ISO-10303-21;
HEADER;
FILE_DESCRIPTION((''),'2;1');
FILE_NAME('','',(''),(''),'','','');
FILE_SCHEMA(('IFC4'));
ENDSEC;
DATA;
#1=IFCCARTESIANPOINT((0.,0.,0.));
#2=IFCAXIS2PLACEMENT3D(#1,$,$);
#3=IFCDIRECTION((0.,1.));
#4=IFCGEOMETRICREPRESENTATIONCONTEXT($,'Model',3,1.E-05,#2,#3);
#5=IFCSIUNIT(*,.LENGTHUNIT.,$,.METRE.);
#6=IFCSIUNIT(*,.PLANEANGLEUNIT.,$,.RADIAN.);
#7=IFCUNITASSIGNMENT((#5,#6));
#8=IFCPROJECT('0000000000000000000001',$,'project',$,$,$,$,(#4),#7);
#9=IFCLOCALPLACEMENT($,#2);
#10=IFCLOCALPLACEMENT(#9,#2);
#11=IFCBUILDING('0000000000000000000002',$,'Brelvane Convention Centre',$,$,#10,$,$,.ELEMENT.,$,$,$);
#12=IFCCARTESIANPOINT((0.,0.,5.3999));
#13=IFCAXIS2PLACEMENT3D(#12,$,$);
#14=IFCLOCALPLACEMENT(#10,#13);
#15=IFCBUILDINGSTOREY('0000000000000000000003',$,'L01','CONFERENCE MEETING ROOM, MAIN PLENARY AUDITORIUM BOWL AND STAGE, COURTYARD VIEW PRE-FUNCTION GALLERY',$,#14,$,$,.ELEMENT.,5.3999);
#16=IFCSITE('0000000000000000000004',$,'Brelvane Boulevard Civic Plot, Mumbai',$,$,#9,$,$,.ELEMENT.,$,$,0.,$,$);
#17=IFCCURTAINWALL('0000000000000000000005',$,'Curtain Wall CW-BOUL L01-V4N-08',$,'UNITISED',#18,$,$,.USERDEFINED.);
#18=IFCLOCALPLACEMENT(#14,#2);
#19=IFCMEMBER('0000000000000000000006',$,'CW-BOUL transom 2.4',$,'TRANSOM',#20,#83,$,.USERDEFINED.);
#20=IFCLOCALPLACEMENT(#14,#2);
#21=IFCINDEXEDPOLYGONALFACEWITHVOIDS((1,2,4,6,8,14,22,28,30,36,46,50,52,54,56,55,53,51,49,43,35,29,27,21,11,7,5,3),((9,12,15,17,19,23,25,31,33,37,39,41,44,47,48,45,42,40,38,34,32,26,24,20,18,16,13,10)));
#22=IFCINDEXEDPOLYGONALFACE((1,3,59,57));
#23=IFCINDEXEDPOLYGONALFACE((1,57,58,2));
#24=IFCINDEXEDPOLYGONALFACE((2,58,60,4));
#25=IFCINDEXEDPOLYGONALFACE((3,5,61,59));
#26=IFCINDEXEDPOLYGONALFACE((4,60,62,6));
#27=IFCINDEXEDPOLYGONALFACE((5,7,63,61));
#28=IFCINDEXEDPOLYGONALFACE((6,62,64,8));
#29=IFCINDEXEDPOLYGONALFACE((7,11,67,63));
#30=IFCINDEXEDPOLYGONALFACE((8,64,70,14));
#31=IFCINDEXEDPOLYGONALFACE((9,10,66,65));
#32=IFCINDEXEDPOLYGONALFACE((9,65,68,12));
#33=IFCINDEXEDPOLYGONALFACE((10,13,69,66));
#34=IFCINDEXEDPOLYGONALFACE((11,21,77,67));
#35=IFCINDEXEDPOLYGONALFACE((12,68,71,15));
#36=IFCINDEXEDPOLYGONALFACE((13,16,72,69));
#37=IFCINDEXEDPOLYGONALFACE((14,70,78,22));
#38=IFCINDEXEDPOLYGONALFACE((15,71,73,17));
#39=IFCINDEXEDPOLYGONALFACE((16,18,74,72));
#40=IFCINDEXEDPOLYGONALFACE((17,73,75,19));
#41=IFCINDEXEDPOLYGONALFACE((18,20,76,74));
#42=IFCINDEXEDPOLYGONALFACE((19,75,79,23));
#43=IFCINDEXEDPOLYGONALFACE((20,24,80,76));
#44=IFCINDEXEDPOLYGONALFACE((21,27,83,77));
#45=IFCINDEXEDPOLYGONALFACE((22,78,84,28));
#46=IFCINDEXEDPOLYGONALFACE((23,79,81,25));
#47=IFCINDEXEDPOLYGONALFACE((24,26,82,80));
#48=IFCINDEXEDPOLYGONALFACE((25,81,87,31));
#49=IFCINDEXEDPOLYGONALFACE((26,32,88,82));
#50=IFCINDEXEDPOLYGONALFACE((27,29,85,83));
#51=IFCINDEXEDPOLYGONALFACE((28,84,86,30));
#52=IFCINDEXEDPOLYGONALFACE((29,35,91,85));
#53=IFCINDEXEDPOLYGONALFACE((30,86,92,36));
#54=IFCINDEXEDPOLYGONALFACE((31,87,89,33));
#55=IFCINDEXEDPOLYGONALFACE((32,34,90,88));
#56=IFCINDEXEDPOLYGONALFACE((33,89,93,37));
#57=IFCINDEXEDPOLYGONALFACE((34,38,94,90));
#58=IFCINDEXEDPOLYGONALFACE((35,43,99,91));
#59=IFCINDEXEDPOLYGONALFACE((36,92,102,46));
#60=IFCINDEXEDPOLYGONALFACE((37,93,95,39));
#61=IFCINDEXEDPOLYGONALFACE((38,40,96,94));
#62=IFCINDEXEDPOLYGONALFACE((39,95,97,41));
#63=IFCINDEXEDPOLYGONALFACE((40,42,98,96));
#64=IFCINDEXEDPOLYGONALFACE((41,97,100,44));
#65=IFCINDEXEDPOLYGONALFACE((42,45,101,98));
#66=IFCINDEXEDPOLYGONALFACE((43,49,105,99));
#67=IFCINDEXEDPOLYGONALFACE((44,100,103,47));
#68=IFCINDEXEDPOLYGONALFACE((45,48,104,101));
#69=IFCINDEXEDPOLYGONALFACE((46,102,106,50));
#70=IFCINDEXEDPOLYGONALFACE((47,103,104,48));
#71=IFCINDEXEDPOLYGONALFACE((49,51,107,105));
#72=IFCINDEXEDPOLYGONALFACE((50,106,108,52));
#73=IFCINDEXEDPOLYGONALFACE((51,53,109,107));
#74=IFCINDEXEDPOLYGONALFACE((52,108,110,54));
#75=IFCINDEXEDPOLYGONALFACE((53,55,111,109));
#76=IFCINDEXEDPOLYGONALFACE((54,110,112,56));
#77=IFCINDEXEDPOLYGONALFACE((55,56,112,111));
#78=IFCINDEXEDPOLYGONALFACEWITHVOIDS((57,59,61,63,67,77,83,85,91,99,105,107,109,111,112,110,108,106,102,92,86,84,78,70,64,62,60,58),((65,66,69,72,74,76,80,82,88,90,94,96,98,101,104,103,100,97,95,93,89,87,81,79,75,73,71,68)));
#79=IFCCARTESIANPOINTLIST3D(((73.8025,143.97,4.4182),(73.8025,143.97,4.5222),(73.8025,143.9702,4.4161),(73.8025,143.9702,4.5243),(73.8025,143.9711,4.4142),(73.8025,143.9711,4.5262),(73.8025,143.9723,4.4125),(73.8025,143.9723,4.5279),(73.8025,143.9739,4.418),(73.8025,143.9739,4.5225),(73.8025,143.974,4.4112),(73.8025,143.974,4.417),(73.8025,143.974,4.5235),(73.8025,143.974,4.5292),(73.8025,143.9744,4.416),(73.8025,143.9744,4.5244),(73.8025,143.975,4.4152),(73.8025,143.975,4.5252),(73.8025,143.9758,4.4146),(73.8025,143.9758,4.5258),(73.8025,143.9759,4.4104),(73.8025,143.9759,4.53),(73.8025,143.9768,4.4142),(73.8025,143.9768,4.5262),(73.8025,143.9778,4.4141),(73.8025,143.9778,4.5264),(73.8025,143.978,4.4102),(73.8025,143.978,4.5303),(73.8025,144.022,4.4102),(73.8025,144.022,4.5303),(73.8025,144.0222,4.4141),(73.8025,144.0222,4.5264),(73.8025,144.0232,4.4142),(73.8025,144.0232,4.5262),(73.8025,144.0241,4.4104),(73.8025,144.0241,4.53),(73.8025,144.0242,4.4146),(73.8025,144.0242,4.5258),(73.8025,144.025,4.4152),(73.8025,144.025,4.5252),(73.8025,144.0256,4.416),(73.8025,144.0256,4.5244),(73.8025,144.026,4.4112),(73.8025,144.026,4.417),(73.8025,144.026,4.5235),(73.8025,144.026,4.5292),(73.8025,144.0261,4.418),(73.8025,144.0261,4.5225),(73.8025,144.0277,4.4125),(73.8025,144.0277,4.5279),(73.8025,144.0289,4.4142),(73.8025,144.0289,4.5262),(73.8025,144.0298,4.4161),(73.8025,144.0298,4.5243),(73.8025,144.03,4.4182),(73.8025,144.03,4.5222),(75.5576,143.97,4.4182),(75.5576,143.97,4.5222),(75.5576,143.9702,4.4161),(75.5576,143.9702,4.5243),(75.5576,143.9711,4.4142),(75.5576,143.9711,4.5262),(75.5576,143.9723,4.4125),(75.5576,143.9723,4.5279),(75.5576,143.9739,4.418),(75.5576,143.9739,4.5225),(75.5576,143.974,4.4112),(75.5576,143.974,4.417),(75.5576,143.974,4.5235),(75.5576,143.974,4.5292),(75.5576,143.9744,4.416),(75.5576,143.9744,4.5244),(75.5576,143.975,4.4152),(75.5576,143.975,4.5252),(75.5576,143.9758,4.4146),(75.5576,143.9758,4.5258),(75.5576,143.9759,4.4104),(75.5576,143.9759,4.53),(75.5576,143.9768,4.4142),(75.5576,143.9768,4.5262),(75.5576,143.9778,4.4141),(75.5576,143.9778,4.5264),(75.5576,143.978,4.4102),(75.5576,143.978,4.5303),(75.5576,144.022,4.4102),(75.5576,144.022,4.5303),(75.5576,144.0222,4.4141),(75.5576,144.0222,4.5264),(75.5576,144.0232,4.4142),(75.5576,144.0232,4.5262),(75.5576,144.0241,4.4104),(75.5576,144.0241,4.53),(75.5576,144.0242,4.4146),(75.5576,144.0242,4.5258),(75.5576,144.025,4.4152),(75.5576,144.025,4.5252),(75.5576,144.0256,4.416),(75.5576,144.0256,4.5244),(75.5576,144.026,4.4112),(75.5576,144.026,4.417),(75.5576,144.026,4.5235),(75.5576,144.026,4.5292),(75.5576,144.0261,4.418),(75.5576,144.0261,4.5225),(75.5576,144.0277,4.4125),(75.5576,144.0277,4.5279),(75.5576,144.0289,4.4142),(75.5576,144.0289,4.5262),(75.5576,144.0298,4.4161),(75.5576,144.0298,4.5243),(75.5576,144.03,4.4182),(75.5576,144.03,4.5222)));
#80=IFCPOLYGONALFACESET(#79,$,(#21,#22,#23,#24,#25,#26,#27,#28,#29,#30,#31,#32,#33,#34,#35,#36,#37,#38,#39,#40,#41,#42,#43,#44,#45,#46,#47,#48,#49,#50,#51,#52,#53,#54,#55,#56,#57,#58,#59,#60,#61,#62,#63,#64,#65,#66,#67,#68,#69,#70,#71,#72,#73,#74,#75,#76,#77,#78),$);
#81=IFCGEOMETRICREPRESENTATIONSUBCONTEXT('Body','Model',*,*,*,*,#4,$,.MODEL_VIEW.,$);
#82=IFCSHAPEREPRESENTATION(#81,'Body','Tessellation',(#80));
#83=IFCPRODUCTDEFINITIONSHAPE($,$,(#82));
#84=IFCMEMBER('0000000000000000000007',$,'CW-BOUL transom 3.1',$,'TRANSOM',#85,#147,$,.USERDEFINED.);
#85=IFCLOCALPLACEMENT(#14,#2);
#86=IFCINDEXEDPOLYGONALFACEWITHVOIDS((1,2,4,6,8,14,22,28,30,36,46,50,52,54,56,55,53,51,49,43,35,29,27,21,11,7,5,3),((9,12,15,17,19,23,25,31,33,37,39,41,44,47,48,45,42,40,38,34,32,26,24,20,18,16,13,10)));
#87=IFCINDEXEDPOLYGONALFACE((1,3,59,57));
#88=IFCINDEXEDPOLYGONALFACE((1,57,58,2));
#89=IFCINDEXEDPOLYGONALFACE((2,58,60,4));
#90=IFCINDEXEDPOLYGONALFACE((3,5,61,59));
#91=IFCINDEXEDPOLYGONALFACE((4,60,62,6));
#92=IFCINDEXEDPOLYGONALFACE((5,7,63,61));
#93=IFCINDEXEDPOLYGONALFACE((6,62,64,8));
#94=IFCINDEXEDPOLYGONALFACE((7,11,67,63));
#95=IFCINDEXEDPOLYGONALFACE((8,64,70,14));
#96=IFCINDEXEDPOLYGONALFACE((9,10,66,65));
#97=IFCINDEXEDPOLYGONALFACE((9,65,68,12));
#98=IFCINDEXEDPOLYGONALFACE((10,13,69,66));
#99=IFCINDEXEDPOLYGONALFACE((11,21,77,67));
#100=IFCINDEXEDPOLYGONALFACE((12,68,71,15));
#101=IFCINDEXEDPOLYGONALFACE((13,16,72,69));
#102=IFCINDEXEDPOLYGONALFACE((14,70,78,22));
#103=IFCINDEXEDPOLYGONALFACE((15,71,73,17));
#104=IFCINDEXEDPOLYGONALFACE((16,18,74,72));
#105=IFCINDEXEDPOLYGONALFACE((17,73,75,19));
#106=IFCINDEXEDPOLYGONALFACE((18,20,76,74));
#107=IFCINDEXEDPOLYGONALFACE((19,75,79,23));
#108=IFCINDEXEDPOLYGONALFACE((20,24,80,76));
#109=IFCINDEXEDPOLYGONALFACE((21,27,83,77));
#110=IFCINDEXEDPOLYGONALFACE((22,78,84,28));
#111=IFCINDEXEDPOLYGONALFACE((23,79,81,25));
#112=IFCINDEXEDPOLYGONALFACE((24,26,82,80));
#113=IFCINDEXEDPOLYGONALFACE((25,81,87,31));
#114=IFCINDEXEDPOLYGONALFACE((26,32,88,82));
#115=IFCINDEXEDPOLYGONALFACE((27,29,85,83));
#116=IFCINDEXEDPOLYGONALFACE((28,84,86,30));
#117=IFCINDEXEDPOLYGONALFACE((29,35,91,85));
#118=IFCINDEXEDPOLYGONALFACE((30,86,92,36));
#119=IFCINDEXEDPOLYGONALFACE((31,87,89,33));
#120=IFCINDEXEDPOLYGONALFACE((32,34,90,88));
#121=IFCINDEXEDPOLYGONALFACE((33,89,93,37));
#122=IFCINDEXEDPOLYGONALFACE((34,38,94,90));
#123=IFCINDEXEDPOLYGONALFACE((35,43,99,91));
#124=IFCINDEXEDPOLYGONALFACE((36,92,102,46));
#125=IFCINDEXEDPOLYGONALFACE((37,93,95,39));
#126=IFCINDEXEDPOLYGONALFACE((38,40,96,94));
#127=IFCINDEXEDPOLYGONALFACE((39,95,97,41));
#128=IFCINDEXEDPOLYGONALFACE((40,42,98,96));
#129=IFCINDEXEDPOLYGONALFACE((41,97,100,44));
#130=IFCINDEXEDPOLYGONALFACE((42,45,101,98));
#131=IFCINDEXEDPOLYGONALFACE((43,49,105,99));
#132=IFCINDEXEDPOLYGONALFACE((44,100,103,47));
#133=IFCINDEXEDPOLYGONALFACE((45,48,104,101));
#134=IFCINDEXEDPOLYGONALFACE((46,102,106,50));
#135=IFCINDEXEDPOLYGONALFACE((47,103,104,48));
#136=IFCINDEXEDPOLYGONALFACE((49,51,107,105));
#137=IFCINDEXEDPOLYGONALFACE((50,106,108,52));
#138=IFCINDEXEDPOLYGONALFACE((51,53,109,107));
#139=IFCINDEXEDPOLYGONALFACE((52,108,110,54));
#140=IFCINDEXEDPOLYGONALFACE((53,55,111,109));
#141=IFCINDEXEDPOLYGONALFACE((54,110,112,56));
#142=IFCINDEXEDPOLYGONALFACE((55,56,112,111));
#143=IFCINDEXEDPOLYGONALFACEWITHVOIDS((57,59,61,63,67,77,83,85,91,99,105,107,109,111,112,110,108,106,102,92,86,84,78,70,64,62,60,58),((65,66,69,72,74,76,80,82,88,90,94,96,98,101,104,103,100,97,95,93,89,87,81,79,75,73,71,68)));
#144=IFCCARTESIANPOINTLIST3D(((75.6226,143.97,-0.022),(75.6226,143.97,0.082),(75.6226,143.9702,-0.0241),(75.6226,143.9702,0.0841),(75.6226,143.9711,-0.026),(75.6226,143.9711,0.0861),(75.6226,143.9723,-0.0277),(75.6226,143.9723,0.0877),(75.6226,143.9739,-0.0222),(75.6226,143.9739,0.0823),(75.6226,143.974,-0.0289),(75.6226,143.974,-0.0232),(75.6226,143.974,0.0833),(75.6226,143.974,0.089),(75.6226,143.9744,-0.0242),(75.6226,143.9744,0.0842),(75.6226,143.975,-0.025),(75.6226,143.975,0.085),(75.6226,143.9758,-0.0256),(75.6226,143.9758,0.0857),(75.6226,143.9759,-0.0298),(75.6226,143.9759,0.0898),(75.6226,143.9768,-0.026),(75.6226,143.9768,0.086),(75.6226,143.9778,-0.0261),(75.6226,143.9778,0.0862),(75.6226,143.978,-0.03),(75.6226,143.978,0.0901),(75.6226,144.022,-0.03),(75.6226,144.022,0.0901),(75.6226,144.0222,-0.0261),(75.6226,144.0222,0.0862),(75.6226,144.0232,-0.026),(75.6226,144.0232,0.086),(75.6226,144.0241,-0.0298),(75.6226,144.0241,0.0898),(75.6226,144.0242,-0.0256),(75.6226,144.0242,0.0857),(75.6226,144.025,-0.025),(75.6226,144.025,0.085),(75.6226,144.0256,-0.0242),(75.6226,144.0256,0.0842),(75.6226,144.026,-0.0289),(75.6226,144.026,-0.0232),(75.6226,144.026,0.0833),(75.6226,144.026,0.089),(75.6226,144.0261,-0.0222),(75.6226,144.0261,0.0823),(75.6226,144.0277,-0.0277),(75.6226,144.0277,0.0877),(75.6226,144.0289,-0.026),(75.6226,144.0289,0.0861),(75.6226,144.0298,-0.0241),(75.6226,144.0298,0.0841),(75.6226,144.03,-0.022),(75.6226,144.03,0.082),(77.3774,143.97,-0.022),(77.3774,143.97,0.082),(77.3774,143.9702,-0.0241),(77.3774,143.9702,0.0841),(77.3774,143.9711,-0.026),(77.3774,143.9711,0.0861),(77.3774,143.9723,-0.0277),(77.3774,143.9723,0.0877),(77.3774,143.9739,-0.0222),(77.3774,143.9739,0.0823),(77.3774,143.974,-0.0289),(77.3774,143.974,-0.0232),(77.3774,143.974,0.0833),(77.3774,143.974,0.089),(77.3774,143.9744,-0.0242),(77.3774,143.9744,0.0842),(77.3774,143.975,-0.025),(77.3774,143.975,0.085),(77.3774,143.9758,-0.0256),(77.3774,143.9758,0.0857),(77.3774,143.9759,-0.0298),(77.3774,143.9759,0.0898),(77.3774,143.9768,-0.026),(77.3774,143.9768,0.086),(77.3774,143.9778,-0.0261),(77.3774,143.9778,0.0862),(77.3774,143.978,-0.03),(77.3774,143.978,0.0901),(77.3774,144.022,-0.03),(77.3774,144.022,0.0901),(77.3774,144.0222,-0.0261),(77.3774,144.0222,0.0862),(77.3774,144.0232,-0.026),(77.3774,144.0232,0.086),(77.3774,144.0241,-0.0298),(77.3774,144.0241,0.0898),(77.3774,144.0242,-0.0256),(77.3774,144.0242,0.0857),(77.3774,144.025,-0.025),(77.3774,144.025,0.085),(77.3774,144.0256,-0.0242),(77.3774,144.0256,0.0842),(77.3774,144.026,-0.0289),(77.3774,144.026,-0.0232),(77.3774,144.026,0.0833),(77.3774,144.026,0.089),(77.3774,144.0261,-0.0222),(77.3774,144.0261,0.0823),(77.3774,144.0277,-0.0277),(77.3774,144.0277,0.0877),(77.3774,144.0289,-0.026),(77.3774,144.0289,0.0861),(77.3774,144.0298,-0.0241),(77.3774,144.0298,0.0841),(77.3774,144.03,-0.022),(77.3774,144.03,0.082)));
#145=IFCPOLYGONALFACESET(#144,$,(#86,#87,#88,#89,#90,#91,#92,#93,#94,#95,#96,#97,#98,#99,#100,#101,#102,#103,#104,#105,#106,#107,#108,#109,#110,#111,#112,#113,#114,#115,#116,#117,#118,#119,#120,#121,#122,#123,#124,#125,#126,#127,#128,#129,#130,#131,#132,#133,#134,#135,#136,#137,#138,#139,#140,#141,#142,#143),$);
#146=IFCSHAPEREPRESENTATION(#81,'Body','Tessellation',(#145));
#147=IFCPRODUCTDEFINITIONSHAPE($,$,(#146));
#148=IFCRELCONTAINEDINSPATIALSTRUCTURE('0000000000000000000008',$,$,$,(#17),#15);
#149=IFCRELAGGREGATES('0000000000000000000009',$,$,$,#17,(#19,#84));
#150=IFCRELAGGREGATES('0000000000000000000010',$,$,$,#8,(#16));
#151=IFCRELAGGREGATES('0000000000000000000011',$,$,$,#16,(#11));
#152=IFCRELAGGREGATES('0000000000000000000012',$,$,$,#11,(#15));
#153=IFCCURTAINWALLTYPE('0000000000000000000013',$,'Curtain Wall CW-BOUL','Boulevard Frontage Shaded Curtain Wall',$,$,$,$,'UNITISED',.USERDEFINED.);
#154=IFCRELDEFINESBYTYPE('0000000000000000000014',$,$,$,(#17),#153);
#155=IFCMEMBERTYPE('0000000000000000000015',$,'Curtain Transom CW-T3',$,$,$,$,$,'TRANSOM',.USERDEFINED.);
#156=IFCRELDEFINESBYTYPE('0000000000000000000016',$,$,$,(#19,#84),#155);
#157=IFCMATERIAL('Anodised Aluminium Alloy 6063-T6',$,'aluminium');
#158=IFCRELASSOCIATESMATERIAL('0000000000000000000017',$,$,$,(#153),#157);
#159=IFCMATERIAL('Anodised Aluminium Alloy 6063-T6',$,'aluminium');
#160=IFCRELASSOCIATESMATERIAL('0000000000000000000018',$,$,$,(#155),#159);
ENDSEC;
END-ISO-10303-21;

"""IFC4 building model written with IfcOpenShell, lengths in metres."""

from ifc_helpers import new_model, si_unit, direction, frame, origin, origin_2d, place, context, subcontext, project, spatial, hollow_rectangle, extrude, material, material_profile, profile_set, type_object, element, aggregate, save


model = new_model("IFC4")

# Units and contexts
model_context = context("Model", 3, precision=1e-05, world=origin(), true_north=direction((0.0, 1.0)))
body_context = subcontext(model_context, "Body", "Model", "MODEL_VIEW")
ifc_project = project(units=[si_unit("LENGTHUNIT", "METRE"), si_unit("PLANEANGLEUNIT", "RADIAN")], contexts=[model_context])

# Site, building, storey
site_placement = place(None, origin())
site = spatial("IfcSite", under=ifc_project, at=site_placement, Name="Brelvane Boulevard Civic Plot, Mumbai", CompositionType="ELEMENT", RefElevation=0.0)
building_placement = place(site_placement, origin())
building = spatial("IfcBuilding", under=site, at=building_placement, Name="Brelvane Convention Centre", CompositionType="ELEMENT")
storey_placement = place(building_placement, frame((0.0, 0.0, 5.3999)))
storey = spatial("IfcBuildingStorey", under=building, at=storey_placement, Name="L01", Description="CONFERENCE MEETING ROOM, MAIN PLENARY AUDITORIUM BOWL AND STAGE, COURTYARD VIEW PRE-FUNCTION GALLERY", CompositionType="ELEMENT", Elevation=5.3999)

# Curtain wall, members
ifc_material_1 = material(Name="Anodised Aluminium Alloy 6063-T6", Category="aluminium")
curtain_wall_type = type_object("IfcCurtainWallType", Name="Curtain Wall CW-BOUL", Description="Boulevard Frontage Shaded Curtain Wall", ElementType="UNITISED", PredefinedType="USERDEFINED", material=ifc_material_1)
curtain_wall_placement = place(storey_placement, origin())
curtain_wall = element("IfcCurtainWall", 1, at=curtain_wall_placement, inside=storey, type_object=curtain_wall_type, Name="Curtain Wall CW-BOUL L01-V4N-08", ObjectType="UNITISED", PredefinedType="USERDEFINED")
ifc_material_2 = material(Name="Anodised Aluminium Alloy 6063-T6", Category="aluminium")
ifc_material_profile_1 = material_profile(ifc_material_2, hollow_rectangle(XDim=0.0601, YDim=0.1201, WallThickness=0.0039, InnerFilletRadius=0.0039, OuterFilletRadius=0.0081, at=origin_2d()), Name="ALU-T 120x60x4.0")
ifc_profile_set_1 = profile_set([ifc_material_profile_1], Name="Anodised Aluminium Alloy 6063-T6")
member_type_1 = type_object("IfcMemberType", Name="Curtain Transom CW-T3", ElementType="TRANSOM", PredefinedType="USERDEFINED", material=ifc_profile_set_1)
member_1_placement = place(storey_placement, frame((73.8025, 144.0, 4.4702), z_axis=(1.0, 0.0, 0.0), x_axis=(0.0, 1.0, 0.0)))
member_1 = element("IfcMember", 2, at=member_1_placement, type_object=member_type_1, Name="CW-BOUL transom 2.4", ObjectType="TRANSOM", PredefinedType="USERDEFINED", context=body_context, shape_type="SweptSolid", body=[
    extrude(hollow_rectangle(XDim=0.0601, YDim=0.1201, WallThickness=0.0039, InnerFilletRadius=0.0039, OuterFilletRadius=0.0081, at=origin_2d()), origin(), (0.0, 0.0, 1.0), 1.7551),
])
member_2_placement = place(storey_placement, frame((75.6226, 144.0, 0.03), z_axis=(1.0, 0.0, 0.0), x_axis=(0.0, 1.0, 0.0)))
member_2 = element("IfcMember", 3, at=member_2_placement, type_object=member_type_1, Name="CW-BOUL transom 3.1", ObjectType="TRANSOM", PredefinedType="USERDEFINED", context=body_context, shape_type="SweptSolid", body=[
    extrude(hollow_rectangle(XDim=0.0601, YDim=0.1201, WallThickness=0.0039, InnerFilletRadius=0.0039, OuterFilletRadius=0.0081, at=origin_2d()), origin(), (0.0, 0.0, 1.0), 1.7549),
])

aggregate(curtain_wall, [member_1, member_2])

save(model, "model.ifc")
